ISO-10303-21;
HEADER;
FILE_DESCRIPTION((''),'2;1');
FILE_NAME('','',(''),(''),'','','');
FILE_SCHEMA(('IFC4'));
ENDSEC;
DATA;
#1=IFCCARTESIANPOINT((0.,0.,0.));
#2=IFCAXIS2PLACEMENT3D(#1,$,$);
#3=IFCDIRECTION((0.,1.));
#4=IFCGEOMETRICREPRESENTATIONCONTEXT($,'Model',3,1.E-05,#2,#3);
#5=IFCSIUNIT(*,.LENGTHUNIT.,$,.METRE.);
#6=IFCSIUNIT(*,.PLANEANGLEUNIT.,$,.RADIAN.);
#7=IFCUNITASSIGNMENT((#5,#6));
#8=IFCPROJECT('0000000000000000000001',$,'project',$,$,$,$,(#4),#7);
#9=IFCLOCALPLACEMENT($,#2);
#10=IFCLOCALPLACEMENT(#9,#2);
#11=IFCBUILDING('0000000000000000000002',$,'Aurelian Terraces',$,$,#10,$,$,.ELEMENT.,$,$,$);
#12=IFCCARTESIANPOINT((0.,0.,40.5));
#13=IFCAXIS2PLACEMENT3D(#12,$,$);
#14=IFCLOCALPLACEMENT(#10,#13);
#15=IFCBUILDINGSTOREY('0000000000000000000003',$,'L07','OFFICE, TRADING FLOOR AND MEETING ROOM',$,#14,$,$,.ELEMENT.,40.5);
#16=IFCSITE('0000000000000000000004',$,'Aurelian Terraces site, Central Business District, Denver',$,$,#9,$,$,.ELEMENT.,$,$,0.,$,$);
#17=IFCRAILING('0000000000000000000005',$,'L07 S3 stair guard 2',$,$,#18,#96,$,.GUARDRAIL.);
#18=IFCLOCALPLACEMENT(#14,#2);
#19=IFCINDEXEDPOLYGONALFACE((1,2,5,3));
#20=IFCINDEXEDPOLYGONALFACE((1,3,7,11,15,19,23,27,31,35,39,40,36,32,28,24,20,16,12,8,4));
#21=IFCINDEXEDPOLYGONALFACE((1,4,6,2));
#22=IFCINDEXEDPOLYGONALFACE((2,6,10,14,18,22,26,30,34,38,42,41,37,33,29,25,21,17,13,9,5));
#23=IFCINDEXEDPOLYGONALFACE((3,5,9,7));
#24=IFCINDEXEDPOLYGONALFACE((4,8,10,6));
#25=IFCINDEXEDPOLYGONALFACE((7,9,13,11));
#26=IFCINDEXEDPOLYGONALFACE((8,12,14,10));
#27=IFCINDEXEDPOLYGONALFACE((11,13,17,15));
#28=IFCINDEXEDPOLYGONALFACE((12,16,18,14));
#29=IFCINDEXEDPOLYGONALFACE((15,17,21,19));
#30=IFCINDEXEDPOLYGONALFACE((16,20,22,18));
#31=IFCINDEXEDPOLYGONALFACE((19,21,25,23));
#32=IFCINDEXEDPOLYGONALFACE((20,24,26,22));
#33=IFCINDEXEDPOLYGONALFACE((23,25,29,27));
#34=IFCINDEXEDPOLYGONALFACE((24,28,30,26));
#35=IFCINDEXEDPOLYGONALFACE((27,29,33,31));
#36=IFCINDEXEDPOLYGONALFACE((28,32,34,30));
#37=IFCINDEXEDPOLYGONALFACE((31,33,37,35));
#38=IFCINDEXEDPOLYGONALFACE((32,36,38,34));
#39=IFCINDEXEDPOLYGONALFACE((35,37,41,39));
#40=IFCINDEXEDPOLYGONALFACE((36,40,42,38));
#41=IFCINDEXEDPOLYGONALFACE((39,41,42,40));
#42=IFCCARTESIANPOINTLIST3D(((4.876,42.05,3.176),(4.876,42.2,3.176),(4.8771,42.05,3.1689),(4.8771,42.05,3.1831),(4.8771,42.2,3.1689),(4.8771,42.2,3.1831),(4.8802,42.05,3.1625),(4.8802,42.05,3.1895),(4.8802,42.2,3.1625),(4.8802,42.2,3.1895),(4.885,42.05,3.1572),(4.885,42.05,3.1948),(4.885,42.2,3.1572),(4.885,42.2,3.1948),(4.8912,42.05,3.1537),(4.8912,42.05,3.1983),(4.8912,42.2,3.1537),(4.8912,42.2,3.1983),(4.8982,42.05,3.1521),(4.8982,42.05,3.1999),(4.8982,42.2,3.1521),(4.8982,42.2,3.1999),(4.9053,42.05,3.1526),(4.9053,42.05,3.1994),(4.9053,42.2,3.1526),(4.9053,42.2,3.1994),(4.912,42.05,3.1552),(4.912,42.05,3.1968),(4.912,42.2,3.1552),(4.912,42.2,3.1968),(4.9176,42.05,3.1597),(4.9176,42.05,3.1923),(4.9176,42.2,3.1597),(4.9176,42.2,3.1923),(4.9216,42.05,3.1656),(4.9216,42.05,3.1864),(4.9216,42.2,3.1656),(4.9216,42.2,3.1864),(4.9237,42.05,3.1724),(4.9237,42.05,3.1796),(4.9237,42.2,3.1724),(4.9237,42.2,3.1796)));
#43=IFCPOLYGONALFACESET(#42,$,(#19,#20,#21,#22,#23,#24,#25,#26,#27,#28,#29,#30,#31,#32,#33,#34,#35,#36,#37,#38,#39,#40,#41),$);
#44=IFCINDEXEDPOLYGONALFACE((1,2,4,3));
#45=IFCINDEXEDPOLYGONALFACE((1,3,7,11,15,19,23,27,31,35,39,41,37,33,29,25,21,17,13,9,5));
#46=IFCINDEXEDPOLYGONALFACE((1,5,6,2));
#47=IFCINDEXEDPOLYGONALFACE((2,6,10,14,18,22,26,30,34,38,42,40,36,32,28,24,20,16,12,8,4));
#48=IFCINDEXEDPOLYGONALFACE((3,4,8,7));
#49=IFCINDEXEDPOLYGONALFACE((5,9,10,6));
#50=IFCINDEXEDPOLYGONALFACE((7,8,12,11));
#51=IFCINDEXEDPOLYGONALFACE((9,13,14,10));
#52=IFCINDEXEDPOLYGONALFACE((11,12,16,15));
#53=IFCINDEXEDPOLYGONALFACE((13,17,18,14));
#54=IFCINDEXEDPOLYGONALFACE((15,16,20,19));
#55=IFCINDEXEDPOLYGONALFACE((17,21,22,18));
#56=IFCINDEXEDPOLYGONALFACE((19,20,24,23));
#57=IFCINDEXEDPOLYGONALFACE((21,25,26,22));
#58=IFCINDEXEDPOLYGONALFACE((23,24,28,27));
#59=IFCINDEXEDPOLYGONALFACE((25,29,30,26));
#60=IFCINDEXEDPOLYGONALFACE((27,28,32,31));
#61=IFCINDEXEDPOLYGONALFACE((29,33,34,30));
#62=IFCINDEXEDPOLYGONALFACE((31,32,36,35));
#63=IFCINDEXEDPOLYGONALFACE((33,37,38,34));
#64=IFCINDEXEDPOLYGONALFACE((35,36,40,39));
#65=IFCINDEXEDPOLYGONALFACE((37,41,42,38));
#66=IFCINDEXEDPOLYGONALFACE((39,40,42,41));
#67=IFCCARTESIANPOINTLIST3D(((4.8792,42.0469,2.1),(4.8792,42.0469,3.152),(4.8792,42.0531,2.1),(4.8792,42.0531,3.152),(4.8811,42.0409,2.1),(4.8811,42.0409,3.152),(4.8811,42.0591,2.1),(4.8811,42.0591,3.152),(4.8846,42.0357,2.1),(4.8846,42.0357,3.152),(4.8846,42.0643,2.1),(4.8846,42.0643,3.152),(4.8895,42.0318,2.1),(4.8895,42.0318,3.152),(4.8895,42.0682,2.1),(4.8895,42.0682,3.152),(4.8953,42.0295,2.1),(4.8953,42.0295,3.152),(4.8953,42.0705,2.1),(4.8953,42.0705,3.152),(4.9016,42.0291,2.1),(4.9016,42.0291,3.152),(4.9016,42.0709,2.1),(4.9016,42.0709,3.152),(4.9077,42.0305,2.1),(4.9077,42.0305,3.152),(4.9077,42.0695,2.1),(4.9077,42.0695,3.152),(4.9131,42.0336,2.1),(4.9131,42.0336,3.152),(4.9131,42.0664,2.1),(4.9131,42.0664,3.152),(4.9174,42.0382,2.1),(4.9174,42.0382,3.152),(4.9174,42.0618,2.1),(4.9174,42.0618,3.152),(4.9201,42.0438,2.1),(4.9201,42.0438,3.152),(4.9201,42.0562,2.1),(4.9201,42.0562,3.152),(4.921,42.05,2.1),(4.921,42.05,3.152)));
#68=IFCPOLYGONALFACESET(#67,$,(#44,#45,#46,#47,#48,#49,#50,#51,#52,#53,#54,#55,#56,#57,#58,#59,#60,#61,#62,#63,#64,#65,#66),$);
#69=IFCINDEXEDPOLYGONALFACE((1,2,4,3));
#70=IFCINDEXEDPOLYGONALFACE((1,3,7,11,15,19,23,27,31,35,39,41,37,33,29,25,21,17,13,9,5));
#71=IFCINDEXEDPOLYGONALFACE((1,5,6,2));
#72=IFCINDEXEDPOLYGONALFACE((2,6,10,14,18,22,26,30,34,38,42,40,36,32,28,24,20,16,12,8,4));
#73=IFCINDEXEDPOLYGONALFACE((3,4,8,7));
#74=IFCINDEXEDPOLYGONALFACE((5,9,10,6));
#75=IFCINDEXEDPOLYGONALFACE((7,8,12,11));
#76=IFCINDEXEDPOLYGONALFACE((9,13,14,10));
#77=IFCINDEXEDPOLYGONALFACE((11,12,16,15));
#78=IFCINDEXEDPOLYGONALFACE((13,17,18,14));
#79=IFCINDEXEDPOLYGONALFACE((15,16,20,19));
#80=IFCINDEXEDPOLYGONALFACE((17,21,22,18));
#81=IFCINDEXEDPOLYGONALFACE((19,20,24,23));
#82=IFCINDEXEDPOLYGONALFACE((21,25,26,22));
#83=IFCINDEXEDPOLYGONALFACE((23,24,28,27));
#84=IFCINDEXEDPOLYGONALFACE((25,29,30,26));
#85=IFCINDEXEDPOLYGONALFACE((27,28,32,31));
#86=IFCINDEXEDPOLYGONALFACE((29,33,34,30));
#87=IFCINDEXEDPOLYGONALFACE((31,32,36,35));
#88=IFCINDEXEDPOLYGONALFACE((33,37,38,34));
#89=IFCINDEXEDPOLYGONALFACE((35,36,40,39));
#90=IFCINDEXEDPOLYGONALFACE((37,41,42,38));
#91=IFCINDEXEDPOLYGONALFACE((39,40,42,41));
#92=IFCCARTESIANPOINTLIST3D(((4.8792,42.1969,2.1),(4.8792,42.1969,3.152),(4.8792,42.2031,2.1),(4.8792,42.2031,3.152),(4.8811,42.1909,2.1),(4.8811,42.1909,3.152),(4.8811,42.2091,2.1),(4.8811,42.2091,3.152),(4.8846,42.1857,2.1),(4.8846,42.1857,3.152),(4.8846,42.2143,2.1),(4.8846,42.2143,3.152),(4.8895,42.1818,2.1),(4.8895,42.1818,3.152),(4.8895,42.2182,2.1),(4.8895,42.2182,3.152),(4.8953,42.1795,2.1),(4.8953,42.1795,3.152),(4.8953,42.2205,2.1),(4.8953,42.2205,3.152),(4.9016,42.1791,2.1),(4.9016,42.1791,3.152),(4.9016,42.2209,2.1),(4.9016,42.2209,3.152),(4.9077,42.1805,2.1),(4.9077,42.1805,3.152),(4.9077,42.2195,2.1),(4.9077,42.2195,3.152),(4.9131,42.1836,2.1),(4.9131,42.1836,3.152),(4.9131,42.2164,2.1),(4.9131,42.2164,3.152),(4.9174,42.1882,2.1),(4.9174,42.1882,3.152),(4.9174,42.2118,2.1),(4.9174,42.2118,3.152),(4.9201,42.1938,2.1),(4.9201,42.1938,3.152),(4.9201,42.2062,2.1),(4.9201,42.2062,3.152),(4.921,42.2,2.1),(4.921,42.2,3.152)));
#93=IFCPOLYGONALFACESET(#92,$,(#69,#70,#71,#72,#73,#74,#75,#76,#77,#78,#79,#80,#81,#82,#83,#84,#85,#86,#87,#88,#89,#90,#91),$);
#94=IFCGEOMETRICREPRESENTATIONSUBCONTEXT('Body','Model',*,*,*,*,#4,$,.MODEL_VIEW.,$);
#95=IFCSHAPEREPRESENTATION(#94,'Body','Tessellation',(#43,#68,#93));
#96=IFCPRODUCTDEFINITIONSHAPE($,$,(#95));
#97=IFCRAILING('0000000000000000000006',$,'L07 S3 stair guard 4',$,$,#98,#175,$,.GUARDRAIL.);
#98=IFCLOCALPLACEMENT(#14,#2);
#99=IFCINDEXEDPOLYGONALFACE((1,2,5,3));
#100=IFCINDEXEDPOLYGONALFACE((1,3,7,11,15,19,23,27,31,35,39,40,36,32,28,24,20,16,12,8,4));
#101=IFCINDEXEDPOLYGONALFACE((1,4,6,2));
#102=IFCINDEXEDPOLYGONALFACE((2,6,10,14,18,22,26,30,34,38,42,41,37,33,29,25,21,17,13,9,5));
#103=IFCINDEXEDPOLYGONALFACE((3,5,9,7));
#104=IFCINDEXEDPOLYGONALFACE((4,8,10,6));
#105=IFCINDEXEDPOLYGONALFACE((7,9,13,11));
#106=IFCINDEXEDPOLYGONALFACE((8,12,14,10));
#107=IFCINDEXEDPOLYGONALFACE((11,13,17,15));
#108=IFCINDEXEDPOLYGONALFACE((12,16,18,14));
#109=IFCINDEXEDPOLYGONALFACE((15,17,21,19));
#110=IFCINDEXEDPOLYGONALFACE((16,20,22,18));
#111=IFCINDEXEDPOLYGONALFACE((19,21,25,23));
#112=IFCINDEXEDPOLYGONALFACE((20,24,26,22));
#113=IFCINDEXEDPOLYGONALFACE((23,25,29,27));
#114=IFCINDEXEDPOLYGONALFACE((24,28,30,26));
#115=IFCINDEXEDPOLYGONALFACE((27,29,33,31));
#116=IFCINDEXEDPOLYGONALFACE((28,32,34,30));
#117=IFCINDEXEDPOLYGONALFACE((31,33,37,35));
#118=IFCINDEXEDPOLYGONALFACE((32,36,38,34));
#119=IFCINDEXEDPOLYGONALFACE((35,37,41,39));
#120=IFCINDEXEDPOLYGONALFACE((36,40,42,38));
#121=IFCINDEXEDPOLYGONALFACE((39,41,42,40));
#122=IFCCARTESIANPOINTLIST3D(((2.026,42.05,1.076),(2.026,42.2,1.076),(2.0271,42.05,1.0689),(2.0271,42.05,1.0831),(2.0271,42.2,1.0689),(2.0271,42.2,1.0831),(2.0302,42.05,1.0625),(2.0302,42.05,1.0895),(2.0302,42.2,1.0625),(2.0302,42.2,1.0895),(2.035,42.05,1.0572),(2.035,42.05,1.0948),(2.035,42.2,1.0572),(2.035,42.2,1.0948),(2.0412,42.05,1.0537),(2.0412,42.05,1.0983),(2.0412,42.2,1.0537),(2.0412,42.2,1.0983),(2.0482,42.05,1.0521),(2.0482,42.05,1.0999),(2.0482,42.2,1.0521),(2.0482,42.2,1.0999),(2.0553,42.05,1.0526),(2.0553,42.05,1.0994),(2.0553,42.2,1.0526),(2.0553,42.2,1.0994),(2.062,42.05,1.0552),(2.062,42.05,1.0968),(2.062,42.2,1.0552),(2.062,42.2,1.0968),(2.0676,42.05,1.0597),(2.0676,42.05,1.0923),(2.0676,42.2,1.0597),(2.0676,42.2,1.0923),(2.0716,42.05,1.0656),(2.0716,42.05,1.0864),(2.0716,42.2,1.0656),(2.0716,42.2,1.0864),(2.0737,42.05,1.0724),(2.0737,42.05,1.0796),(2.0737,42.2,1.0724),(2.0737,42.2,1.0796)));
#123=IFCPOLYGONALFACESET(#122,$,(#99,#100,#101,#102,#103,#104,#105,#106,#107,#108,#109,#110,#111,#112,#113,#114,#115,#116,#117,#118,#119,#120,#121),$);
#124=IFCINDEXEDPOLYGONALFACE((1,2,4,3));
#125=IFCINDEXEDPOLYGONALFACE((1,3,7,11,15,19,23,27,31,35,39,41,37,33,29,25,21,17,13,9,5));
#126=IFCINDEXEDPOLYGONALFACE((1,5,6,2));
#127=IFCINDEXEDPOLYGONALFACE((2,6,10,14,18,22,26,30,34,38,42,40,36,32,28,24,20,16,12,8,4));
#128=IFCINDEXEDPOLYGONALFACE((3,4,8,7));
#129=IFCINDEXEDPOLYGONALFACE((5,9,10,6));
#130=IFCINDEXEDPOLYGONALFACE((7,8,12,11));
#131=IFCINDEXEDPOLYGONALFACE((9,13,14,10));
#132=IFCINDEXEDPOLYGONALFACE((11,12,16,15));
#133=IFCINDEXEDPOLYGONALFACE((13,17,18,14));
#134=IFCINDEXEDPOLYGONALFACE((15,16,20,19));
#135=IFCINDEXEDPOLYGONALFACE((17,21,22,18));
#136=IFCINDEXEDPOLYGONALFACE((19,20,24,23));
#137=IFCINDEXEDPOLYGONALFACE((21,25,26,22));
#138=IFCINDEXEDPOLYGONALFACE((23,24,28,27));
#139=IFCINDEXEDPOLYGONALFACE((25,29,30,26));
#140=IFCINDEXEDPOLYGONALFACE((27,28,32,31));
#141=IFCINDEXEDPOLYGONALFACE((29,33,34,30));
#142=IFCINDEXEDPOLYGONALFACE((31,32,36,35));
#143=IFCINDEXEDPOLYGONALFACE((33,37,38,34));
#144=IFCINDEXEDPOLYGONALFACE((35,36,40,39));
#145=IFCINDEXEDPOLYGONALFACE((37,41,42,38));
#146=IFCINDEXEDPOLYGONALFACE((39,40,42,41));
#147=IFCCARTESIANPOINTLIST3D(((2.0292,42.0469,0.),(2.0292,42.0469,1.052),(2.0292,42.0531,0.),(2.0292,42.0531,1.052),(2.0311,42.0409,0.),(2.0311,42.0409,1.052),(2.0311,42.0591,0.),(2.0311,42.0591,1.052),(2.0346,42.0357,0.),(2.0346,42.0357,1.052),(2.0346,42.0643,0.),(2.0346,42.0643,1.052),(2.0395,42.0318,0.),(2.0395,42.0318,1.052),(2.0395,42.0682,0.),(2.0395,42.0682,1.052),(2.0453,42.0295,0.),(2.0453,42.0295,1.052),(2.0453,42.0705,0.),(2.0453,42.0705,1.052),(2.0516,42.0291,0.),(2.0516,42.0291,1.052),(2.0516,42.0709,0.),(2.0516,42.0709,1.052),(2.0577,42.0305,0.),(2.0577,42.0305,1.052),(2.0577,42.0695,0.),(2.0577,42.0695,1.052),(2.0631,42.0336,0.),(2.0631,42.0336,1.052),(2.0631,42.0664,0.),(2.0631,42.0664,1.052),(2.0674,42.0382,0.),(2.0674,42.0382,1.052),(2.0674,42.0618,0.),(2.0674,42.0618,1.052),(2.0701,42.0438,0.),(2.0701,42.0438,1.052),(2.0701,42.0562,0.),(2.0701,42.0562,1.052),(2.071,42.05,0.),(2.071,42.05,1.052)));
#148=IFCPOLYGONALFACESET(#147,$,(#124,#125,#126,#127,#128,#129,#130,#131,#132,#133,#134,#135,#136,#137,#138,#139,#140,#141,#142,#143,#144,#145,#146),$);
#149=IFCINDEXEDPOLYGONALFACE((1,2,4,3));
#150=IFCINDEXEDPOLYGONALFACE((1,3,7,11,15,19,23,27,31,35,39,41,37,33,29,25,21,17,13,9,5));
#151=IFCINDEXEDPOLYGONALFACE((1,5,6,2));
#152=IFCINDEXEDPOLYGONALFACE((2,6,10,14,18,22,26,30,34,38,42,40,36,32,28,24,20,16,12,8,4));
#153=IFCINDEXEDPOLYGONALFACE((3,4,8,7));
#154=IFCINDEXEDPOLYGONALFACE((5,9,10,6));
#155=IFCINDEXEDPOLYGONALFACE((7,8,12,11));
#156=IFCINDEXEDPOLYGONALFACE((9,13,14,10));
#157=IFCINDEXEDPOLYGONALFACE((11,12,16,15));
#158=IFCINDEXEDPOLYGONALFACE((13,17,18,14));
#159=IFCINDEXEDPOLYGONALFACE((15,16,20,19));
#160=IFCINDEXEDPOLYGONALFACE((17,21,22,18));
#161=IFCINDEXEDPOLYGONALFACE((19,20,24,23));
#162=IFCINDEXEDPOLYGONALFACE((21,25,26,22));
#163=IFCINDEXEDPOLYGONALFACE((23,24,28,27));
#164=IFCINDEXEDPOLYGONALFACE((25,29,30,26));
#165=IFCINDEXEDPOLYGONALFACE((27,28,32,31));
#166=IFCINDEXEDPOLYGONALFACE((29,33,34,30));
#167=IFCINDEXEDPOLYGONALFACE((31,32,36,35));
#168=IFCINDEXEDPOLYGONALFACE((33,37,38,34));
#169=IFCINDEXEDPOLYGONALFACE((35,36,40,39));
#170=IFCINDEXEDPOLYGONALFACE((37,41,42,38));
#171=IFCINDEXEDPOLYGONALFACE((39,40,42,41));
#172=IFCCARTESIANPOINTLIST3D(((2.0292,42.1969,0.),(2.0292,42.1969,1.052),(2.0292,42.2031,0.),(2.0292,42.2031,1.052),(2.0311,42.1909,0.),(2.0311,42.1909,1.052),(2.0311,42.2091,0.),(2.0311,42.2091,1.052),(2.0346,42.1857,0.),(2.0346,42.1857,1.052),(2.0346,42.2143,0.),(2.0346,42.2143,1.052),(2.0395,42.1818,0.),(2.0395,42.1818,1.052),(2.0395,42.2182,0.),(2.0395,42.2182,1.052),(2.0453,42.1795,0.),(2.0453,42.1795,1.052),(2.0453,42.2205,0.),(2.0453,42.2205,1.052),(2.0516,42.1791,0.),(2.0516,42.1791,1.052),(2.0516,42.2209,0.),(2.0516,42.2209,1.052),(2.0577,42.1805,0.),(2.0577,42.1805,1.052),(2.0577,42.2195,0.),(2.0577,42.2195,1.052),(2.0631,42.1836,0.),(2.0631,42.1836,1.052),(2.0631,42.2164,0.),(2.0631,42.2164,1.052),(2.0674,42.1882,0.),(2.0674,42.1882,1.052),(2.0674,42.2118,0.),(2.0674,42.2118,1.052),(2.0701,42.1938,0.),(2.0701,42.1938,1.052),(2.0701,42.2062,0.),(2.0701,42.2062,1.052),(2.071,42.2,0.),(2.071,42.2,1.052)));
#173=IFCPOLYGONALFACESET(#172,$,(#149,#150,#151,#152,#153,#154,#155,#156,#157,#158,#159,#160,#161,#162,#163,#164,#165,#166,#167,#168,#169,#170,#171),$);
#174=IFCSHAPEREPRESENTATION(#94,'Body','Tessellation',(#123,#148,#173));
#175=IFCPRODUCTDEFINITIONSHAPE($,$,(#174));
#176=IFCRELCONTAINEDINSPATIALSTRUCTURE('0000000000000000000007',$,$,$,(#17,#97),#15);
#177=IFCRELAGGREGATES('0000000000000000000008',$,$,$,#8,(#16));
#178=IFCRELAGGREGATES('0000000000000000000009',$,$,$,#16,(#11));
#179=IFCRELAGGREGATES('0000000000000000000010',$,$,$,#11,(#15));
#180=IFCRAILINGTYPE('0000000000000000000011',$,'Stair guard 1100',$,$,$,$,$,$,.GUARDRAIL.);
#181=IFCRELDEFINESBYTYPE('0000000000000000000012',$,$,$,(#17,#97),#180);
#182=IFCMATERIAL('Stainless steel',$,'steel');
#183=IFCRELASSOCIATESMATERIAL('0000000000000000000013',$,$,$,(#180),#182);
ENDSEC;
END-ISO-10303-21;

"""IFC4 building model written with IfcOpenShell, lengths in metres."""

from ifc_helpers import new_model, si_unit, direction, frame, origin, origin_2d, place, context, subcontext, project, spatial, circle, extrude, source, transform, mapped, material, type_object, element, save


model = new_model("IFC4")

# Units and contexts
model_context = context("Model", 3, precision=1e-05, world=origin(), true_north=direction((0.0, 1.0)))
body_context = subcontext(model_context, "Body", "Model", "MODEL_VIEW")
ifc_project = project(units=[si_unit("LENGTHUNIT", "METRE"), si_unit("PLANEANGLEUNIT", "RADIAN")], contexts=[model_context])

# Site, building, storey
site_placement = place(None, origin())
site = spatial("IfcSite", under=ifc_project, at=site_placement, Name="Aurelian Terraces site, Central Business District, Denver", CompositionType="ELEMENT", RefElevation=0.0)
building_placement = place(site_placement, origin())
building = spatial("IfcBuilding", under=site, at=building_placement, Name="Aurelian Terraces", CompositionType="ELEMENT")
storey_placement = place(building_placement, frame((0.0, 0.0, 40.5)))
storey = spatial("IfcBuildingStorey", under=building, at=storey_placement, Name="L07", Description="OFFICE, TRADING FLOOR AND MEETING ROOM", CompositionType="ELEMENT", Elevation=40.5)

# Shared definitions
ifc_material_1 = material(Name="Stainless steel", Category="steel")
railing_type_1 = type_object("IfcRailingType", Name="Stair guard 1100", PredefinedType="GUARDRAIL", material=ifc_material_1)

# Railings
shared_shape_1 = source(origin(), body_context, "Body", "SweptSolid", [
    extrude(circle(Radius=0.024, at=origin_2d()), frame((0.0, 0.0, 1.076), z_axis=(0.0, 1.0, 0.0), x_axis=(-1.0, 0.0, 0.0)), (0.0, 0.0, 1.0), 0.15),
    extrude(circle(Radius=0.021, at=origin_2d()), origin(), (0.0, 0.0, 1.0), 1.052),
    extrude(circle(Radius=0.021, at=origin_2d()), frame((0.0, 0.15, 0.0)), (0.0, 0.0, 1.0), 1.052),
])
for number, where, name in (
    (1, (4.9, 42.05, 2.1), "L07 S3 stair guard 2"),
    (2, (2.05, 42.05, 0.0), "L07 S3 stair guard 4"),
):
    element("IfcRailing", number, at=place(storey_placement, frame(where)), inside=storey, type_object=railing_type_1, Name=name, PredefinedType="GUARDRAIL", context=body_context, shape_type="MappedRepresentation", body=[
        mapped(shared_shape_1, transform((0.0, 0.0, 0.0), scale=1.0)),
    ])

save(model, "model.ifc")
